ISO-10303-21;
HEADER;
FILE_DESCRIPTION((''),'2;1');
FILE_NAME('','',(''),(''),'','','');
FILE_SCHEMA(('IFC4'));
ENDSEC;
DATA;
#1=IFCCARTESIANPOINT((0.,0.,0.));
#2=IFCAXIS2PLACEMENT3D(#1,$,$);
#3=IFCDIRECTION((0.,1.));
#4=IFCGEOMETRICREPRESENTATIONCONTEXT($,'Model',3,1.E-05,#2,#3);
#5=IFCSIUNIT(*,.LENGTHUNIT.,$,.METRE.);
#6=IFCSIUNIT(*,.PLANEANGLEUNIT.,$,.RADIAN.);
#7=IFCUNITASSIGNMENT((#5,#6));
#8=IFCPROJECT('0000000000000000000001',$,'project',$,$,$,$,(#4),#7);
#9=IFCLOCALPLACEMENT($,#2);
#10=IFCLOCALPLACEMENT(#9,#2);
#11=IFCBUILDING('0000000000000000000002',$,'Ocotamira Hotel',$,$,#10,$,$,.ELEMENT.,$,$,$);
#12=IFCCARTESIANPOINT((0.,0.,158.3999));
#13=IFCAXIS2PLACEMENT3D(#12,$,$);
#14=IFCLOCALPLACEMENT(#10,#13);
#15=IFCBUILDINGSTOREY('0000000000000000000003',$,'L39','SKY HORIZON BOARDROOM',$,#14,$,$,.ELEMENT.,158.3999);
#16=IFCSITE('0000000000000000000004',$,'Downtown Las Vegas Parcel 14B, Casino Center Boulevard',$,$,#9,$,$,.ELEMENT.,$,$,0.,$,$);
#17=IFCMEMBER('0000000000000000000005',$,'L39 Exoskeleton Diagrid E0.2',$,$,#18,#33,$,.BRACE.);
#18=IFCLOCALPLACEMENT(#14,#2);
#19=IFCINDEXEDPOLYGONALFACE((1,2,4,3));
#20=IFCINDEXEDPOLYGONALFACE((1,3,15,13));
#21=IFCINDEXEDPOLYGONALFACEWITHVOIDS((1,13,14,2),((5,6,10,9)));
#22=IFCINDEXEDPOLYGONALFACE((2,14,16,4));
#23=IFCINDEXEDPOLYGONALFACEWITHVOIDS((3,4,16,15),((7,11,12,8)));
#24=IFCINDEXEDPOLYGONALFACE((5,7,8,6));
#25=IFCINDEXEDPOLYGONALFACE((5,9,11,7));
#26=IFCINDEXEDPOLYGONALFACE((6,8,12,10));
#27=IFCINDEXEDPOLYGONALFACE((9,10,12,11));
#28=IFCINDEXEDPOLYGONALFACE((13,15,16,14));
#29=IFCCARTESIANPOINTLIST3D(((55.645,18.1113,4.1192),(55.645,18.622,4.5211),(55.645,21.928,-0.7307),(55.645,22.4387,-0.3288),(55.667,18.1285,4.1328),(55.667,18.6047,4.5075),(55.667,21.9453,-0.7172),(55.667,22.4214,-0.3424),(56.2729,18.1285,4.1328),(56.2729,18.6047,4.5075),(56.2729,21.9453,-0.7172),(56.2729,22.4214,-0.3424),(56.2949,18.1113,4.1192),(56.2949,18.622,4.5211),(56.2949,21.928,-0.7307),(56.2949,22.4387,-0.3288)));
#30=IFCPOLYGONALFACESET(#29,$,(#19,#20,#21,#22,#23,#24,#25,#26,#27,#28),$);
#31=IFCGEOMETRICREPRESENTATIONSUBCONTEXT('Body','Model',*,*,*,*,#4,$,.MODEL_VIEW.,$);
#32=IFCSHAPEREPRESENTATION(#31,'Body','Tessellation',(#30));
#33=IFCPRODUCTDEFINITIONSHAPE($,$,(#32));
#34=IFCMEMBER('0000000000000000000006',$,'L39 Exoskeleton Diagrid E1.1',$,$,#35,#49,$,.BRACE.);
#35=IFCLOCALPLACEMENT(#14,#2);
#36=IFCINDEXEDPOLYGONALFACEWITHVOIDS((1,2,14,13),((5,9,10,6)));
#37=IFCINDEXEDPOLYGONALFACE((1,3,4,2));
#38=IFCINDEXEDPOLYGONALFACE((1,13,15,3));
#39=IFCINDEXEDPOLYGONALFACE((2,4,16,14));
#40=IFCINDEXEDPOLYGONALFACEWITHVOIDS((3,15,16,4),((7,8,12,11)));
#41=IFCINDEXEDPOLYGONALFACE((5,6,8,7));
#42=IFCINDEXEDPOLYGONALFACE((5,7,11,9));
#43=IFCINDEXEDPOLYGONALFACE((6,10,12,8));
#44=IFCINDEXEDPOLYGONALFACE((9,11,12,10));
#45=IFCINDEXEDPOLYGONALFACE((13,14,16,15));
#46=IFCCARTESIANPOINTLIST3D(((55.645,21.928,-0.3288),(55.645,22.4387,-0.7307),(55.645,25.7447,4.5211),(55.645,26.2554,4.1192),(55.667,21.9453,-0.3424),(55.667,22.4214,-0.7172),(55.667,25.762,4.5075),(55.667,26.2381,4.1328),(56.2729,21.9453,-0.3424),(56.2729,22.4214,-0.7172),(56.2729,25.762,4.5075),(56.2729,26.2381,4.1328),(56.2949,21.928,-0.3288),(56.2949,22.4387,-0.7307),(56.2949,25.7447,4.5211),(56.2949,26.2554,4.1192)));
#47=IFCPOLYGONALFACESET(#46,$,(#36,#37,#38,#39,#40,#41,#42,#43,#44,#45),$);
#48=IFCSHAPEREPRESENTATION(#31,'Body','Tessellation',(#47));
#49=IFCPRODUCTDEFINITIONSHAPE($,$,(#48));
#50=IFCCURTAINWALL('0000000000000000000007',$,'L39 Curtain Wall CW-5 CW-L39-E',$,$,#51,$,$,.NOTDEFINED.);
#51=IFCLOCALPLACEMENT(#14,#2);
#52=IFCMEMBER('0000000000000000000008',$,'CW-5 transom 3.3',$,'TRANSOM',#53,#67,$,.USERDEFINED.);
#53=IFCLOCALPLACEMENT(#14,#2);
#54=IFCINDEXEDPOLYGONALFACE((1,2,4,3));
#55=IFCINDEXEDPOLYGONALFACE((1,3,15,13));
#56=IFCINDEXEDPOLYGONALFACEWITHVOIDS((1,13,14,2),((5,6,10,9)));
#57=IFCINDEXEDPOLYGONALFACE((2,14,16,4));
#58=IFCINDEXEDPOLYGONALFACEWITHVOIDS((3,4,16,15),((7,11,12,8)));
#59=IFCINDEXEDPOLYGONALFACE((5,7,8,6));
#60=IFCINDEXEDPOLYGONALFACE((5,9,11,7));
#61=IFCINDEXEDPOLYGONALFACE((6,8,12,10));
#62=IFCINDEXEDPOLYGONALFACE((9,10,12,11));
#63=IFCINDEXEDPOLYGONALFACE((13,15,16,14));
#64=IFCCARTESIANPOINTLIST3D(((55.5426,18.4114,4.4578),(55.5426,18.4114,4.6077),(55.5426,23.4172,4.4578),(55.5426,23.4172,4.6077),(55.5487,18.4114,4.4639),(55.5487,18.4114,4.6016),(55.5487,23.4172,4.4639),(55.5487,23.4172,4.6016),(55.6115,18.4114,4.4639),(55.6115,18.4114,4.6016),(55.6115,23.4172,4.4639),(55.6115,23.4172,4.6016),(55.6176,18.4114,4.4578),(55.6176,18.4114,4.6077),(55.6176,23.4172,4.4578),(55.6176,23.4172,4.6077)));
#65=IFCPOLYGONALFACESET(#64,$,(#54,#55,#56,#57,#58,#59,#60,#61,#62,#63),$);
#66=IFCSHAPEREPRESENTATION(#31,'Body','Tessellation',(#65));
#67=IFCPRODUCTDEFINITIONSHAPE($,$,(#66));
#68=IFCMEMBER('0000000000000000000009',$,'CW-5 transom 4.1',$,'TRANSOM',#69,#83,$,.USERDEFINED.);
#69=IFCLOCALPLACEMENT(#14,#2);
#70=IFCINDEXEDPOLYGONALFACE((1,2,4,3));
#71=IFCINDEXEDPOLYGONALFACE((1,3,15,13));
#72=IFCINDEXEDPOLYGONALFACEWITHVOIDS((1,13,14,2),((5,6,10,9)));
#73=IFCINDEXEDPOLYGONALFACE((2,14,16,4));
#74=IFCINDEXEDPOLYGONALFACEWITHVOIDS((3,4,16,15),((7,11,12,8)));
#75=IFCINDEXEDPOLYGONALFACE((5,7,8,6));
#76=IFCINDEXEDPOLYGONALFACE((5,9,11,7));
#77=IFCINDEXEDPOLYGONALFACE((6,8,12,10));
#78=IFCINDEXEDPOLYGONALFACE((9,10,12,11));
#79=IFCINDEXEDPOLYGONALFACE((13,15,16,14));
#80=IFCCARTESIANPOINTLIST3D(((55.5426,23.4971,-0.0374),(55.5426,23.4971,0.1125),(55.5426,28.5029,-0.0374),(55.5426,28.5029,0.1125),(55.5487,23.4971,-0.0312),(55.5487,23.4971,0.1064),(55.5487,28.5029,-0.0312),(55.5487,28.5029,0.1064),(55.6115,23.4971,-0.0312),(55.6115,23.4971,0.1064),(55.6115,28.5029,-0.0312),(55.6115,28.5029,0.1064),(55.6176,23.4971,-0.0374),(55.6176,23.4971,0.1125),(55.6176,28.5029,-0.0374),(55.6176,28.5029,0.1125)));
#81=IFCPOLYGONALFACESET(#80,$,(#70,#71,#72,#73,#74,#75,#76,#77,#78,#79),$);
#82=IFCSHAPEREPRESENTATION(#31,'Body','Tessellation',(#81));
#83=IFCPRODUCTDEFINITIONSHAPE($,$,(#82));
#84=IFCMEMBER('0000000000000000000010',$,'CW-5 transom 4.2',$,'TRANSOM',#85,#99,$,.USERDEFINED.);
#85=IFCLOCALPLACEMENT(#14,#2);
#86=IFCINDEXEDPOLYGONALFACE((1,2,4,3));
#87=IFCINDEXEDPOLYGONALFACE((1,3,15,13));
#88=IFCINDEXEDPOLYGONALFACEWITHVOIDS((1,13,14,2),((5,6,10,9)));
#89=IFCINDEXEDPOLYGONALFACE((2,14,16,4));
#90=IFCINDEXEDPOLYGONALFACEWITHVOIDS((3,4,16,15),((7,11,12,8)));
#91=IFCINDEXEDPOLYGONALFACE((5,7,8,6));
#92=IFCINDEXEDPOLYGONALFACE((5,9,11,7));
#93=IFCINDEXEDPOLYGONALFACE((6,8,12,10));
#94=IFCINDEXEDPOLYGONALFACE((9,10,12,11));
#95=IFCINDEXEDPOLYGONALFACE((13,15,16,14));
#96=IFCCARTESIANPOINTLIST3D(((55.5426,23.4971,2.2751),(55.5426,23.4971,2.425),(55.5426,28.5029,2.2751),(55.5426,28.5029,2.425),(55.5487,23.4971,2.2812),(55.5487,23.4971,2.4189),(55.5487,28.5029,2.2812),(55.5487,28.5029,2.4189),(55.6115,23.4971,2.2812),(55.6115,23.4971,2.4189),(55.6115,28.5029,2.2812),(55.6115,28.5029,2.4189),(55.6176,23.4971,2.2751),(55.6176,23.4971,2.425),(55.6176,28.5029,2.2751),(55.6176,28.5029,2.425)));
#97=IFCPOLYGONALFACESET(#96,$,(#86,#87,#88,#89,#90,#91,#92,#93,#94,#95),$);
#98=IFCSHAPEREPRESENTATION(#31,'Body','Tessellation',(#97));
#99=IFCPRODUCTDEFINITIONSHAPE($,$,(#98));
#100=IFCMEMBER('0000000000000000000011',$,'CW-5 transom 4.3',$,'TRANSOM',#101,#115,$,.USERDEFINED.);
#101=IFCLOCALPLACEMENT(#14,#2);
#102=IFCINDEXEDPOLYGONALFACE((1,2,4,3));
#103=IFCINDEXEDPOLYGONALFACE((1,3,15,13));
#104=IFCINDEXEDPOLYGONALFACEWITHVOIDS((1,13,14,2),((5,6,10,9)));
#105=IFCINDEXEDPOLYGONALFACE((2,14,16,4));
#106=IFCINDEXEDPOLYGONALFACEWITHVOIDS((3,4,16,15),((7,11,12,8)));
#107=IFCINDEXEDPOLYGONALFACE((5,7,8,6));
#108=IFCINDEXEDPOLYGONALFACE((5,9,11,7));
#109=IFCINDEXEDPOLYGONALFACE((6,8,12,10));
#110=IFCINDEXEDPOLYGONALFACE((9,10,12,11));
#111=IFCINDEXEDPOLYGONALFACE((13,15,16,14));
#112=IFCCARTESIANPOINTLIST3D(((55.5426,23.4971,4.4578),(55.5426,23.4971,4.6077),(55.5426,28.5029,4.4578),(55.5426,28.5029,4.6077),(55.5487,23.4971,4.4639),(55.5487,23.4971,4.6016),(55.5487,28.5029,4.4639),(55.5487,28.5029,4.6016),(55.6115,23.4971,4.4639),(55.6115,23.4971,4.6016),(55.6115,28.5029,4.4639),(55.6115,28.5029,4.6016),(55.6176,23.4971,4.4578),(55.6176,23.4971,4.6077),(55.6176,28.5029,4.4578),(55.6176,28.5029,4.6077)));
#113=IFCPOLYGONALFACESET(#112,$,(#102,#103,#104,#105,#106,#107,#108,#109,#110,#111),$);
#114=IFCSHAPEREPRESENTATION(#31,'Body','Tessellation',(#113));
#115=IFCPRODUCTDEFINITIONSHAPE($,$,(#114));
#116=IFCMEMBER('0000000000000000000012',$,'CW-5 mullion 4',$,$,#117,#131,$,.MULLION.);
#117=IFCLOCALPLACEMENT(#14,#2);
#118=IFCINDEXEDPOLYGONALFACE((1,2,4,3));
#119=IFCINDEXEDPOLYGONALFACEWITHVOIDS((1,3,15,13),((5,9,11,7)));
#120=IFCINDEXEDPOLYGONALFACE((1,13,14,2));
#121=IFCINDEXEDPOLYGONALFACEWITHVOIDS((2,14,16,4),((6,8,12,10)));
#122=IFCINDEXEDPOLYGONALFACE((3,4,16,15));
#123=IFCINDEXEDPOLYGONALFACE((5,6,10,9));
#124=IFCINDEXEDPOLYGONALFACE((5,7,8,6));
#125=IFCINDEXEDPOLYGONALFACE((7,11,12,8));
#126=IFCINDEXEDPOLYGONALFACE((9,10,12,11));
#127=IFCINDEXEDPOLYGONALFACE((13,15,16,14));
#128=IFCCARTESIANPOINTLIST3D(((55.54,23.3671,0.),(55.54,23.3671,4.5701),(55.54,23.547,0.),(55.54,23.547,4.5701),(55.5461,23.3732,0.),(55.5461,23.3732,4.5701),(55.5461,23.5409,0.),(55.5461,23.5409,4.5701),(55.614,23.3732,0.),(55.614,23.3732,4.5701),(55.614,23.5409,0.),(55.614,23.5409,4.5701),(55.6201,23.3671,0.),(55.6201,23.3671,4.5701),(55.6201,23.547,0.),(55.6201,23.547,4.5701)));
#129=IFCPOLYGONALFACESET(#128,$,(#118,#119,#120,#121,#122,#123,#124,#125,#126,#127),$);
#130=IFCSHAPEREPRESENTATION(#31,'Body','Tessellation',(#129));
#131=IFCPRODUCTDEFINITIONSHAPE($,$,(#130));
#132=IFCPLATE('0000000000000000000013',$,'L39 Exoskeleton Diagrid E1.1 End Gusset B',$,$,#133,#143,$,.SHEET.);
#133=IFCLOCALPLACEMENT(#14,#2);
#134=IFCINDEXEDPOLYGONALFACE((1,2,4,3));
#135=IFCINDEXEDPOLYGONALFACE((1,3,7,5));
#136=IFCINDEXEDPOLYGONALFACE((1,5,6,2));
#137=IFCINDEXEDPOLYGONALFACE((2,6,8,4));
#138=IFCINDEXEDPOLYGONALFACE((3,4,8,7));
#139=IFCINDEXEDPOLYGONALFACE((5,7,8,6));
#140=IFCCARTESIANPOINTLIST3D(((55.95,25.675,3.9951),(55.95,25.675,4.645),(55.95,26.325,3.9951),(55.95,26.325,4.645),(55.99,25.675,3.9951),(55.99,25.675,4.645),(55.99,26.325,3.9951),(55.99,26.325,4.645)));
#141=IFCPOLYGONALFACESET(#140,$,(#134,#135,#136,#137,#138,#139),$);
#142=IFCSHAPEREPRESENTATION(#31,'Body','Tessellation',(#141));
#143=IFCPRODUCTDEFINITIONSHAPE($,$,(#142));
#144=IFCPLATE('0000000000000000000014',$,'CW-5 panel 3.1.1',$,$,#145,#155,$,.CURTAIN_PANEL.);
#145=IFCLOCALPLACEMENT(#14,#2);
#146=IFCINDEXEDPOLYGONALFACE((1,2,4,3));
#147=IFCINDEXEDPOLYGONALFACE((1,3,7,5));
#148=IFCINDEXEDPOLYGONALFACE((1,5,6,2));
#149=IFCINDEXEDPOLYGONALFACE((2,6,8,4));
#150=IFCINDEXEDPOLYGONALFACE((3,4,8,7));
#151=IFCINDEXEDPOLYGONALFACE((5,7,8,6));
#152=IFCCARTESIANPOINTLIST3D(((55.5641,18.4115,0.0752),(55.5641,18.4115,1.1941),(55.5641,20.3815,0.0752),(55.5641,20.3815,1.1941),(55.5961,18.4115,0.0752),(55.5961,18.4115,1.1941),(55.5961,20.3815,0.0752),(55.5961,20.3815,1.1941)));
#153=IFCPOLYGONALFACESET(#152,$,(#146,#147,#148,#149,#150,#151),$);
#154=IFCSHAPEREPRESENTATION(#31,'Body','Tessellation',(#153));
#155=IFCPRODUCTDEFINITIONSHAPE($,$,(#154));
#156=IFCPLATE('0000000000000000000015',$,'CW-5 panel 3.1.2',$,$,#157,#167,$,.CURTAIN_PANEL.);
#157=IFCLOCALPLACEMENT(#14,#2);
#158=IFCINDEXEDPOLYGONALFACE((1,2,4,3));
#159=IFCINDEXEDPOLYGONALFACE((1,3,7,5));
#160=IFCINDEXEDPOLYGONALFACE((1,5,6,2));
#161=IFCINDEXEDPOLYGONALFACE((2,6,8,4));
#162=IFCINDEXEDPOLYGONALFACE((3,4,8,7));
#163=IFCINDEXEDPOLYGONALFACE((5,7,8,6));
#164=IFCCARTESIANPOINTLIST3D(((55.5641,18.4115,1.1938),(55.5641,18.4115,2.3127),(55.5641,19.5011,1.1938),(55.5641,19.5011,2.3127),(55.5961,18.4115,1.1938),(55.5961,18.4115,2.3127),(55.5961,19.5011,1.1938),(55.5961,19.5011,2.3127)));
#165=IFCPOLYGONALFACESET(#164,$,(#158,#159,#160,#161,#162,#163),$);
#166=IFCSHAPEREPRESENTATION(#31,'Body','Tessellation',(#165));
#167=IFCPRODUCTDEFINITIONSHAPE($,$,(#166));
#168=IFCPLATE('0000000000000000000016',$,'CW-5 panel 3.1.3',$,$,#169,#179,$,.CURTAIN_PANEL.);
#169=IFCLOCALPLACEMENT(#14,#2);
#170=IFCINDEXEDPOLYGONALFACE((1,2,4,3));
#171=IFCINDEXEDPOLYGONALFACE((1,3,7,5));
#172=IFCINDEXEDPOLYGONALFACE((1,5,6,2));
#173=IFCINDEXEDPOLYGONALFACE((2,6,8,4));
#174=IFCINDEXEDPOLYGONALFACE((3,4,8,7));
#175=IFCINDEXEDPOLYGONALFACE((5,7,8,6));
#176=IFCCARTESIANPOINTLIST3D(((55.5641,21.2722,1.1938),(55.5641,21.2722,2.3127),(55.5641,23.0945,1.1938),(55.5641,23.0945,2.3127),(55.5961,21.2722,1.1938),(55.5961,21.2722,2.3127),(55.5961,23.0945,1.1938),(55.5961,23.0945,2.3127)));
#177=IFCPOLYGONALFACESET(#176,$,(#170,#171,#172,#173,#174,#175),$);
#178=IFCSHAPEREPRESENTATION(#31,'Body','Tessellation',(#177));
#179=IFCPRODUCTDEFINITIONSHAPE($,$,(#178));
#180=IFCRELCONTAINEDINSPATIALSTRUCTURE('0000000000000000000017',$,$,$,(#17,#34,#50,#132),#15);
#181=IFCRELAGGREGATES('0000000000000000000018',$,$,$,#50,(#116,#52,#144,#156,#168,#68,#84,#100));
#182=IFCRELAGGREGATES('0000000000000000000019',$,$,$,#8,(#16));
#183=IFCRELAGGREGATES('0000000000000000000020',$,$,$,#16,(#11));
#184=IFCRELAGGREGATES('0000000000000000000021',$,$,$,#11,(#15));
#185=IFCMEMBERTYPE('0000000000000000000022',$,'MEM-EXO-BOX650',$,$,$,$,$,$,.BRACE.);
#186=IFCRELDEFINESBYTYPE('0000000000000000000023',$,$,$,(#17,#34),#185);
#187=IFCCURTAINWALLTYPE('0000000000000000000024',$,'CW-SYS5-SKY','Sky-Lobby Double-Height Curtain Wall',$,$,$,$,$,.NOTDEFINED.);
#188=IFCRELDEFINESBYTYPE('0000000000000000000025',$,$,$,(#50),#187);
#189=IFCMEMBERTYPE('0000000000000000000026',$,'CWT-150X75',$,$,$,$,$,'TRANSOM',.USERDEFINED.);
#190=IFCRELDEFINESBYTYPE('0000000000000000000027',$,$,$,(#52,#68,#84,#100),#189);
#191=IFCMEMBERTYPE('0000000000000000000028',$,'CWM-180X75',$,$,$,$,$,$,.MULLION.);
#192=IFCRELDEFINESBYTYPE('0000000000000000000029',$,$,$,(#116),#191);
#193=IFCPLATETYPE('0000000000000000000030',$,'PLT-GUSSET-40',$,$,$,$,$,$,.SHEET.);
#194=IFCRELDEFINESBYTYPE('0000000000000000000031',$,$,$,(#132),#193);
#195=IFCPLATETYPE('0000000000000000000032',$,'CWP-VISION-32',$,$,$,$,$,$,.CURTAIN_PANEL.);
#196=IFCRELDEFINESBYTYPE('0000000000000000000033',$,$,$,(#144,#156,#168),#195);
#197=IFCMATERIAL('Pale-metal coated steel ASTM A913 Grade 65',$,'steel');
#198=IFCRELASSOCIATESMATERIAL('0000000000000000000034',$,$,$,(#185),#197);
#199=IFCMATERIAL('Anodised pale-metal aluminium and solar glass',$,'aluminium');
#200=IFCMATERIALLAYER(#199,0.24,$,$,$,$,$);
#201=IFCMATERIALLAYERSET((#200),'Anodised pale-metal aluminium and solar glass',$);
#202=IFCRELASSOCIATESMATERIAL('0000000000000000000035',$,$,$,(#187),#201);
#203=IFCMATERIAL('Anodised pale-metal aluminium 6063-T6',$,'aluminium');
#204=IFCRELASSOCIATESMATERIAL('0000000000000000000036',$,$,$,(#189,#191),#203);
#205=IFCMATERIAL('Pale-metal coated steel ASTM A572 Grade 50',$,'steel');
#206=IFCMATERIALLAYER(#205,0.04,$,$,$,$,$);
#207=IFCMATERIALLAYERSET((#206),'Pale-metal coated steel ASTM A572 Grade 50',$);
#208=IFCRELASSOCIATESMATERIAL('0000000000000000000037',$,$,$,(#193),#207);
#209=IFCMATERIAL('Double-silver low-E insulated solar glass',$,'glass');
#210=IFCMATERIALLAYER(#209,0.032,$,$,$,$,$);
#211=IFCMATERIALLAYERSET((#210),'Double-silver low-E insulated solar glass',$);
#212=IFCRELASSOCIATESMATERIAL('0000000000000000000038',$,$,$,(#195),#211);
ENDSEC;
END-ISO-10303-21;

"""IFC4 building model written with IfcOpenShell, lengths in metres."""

from ifc_helpers import new_model, si_unit, direction, frame, origin, origin_2d, place, context, subcontext, project, spatial, rectangle, hollow_rectangle, extrude, source, transform, mapped, material, layer, layer_set, material_profile, profile_set, type_object, element, aggregate, save


model = new_model("IFC4")

# Units and contexts
model_context = context("Model", 3, precision=1e-05, world=origin(), true_north=direction((0.0, 1.0)))
body_context = subcontext(model_context, "Body", "Model", "MODEL_VIEW")
ifc_project = project(units=[si_unit("LENGTHUNIT", "METRE"), si_unit("PLANEANGLEUNIT", "RADIAN")], contexts=[model_context])

# Site, building, storey
site_placement = place(None, origin())
site = spatial("IfcSite", under=ifc_project, at=site_placement, Name="Downtown Las Vegas Parcel 14B, Casino Center Boulevard", CompositionType="ELEMENT", RefElevation=0.0)
building_placement = place(site_placement, origin())
building = spatial("IfcBuilding", under=site, at=building_placement, Name="Ocotamira Hotel", CompositionType="ELEMENT")
storey_placement = place(building_placement, frame((0.0, 0.0, 158.3999)))
storey = spatial("IfcBuildingStorey", under=building, at=storey_placement, Name="L39", Description="SKY HORIZON BOARDROOM", CompositionType="ELEMENT", Elevation=158.3999)

# Members
ifc_material_1 = material(Name="Pale-metal coated steel ASTM A913 Grade 65", Category="steel")
ifc_material_profile_1 = material_profile(ifc_material_1, hollow_rectangle(XDim=0.6499, YDim=0.6499, WallThickness=0.022, at=origin_2d()), Name="BOX650X650X22")
ifc_profile_set_1 = profile_set([ifc_material_profile_1], Name="Pale-metal coated steel ASTM A913 Grade 65")
member_type_1 = type_object("IfcMemberType", Name="MEM-EXO-BOX650", PredefinedType="BRACE", material=ifc_profile_set_1)
shared_shape_1 = source(origin(), body_context, "Body", "SweptSolid", [
    extrude(hollow_rectangle(XDim=0.6499, YDim=0.6499, WallThickness=0.022, at=origin_2d()), origin(), (0.0, 0.0, 1.0), 6.1716),
])
for number, where, z_axis, x_axis, name in (
    (1, (55.97, 22.1833, -0.5298), (0.0, -0.618428, 0.785842), (1.0, 0.0, 0.0), "L39 Exoskeleton Diagrid E0.2"),
    (2, (55.97, 22.1833, -0.5298), (0.0, 0.618428, 0.785842), (-1.0, 0.0, 0.0), "L39 Exoskeleton Diagrid E1.1"),
):
    element("IfcMember", number, at=place(storey_placement, frame(where, z_axis=z_axis, x_axis=x_axis)), inside=storey, type_object=member_type_1, Name=name, PredefinedType="BRACE", context=body_context, shape_type="MappedRepresentation", body=[
        mapped(shared_shape_1, transform((0.0, 0.0, 0.0), scale=1.0)),
    ])

# Curtain wall, members
ifc_material_2 = material(Name="Anodised pale-metal aluminium and solar glass", Category="aluminium")
ifc_layer_1 = layer(ifc_material_2, 0.24)
ifc_layer_set_1 = layer_set([ifc_layer_1], Name="Anodised pale-metal aluminium and solar glass")
curtain_wall_type = type_object("IfcCurtainWallType", Name="CW-SYS5-SKY", Description="Sky-Lobby Double-Height Curtain Wall", PredefinedType="NOTDEFINED", material=ifc_layer_set_1)
curtain_wall_placement = place(storey_placement, origin())
curtain_wall = element("IfcCurtainWall", 3, at=curtain_wall_placement, inside=storey, type_object=curtain_wall_type, Name="L39 Curtain Wall CW-5 CW-L39-E", PredefinedType="NOTDEFINED")
ifc_material_3 = material(Name="Anodised pale-metal aluminium 6063-T6", Category="aluminium")
ifc_material_profile_2 = material_profile(ifc_material_3, hollow_rectangle(XDim=0.075, YDim=0.1499, WallThickness=0.0061, at=origin_2d()), Name="HSS150X75X6")
ifc_profile_set_2 = profile_set([ifc_material_profile_2], Name="Anodised pale-metal aluminium 6063-T6")
member_type_2 = type_object("IfcMemberType", Name="CWT-150X75", ElementType="TRANSOM", PredefinedType="USERDEFINED", material=ifc_profile_set_2)
shared_shape_2 = source(origin(), body_context, "Body", "SweptSolid", [
    extrude(hollow_rectangle(XDim=0.075, YDim=0.1499, WallThickness=0.0061, at=origin_2d()), origin(), (0.0, 0.0, 1.0), 5.0059),
])
member_1_placement = place(storey_placement, frame((55.5801, 18.4114, 4.5327), z_axis=(0.0, 1.0, 0.0), x_axis=(-1.0, 0.0, 0.0)))
member_1 = element("IfcMember", 4, at=member_1_placement, type_object=member_type_2, Name="CW-5 transom 3.3", ObjectType="TRANSOM", PredefinedType="USERDEFINED", context=body_context, shape_type="MappedRepresentation", body=[
    mapped(shared_shape_2, transform((0.0, 0.0, 0.0), scale=1.0)),
])
member_2_placement = place(storey_placement, frame((55.5801, 23.4971, 0.0376), z_axis=(0.0, 1.0, 0.0), x_axis=(-1.0, 0.0, 0.0)))
member_2 = element("IfcMember", 5, at=member_2_placement, type_object=member_type_2, Name="CW-5 transom 4.1", ObjectType="TRANSOM", PredefinedType="USERDEFINED", context=body_context, shape_type="MappedRepresentation", body=[
    mapped(shared_shape_2, transform((0.0, 0.0, 0.0), scale=1.0)),
])
member_3_placement = place(storey_placement, frame((55.5801, 23.4971, 2.3501), z_axis=(0.0, 1.0, 0.0), x_axis=(-1.0, 0.0, 0.0)))
member_3 = element("IfcMember", 6, at=member_3_placement, type_object=member_type_2, Name="CW-5 transom 4.2", ObjectType="TRANSOM", PredefinedType="USERDEFINED", context=body_context, shape_type="MappedRepresentation", body=[
    mapped(shared_shape_2, transform((0.0, 0.0, 0.0), scale=1.0)),
])
member_4_placement = place(storey_placement, frame((55.5801, 23.4971, 4.5327), z_axis=(0.0, 1.0, 0.0), x_axis=(-1.0, 0.0, 0.0)))
member_4 = element("IfcMember", 7, at=member_4_placement, type_object=member_type_2, Name="CW-5 transom 4.3", ObjectType="TRANSOM", PredefinedType="USERDEFINED", context=body_context, shape_type="MappedRepresentation", body=[
    mapped(shared_shape_2, transform((0.0, 0.0, 0.0), scale=1.0)),
])
ifc_material_profile_3 = material_profile(ifc_material_3, hollow_rectangle(XDim=0.0801, YDim=0.1799, WallThickness=0.0061, at=origin_2d()), Name="HSS180X80X6")
ifc_profile_set_3 = profile_set([ifc_material_profile_3], Name="Anodised pale-metal aluminium 6063-T6")
member_type_3 = type_object("IfcMemberType", Name="CWM-180X75", PredefinedType="MULLION", material=ifc_profile_set_3)
shared_shape_3 = source(origin(), body_context, "Body", "SweptSolid", [
    extrude(hollow_rectangle(XDim=0.0801, YDim=0.1799, WallThickness=0.0061, at=origin_2d()), origin(), (0.0, 0.0, 1.0), 4.5701),
])
member_5_placement = place(storey_placement, frame((55.5801, 23.457, 0.0), z_axis=(0.0, 0.0, 1.0), x_axis=(-1.0, 0.0, 0.0)))
member_5 = element("IfcMember", 8, at=member_5_placement, type_object=member_type_3, Name="CW-5 mullion 4", PredefinedType="MULLION", context=body_context, shape_type="MappedRepresentation", body=[
    mapped(shared_shape_3, transform((0.0, 0.0, 0.0), scale=1.0)),
])

# Plates
ifc_material_4 = material(Name="Pale-metal coated steel ASTM A572 Grade 50", Category="steel")
ifc_layer_2 = layer(ifc_material_4, 0.04)
ifc_layer_set_2 = layer_set([ifc_layer_2], Name="Pale-metal coated steel ASTM A572 Grade 50")
plate_type_1 = type_object("IfcPlateType", Name="PLT-GUSSET-40", PredefinedType="SHEET", material=ifc_layer_set_2)
shared_shape_4 = source(origin(), body_context, "Body", "SweptSolid", [
    extrude(rectangle(XDim=0.04, YDim=0.6499, at=origin_2d()), origin(), (0.0, 0.0, 1.0), 0.6499),
])
plate_1_placement = place(storey_placement, frame((55.97, 26.0, 3.9951), z_axis=(0.0, 0.0, 1.0), x_axis=(1.0, 0.0, 0.0)))
element("IfcPlate", 9, at=plate_1_placement, inside=storey, type_object=plate_type_1, Name="L39 Exoskeleton Diagrid E1.1 End Gusset B", PredefinedType="SHEET", context=body_context, shape_type="MappedRepresentation", body=[
    mapped(shared_shape_4, transform((0.0, 0.0, 0.0), scale=1.0)),
])
ifc_material_5 = material(Name="Double-silver low-E insulated solar glass", Category="glass")
ifc_layer_3 = layer(ifc_material_5, 0.032)
ifc_layer_set_3 = layer_set([ifc_layer_3], Name="Double-silver low-E insulated solar glass")
plate_type_2 = type_object("IfcPlateType", Name="CWP-VISION-32", PredefinedType="CURTAIN_PANEL", material=ifc_layer_set_3)
shared_shape_5 = source(origin(), body_context, "Body", "SweptSolid", [
    extrude(rectangle(XDim=1.97, YDim=0.032, at=origin_2d()), origin(), (0.0, 0.0, 1.0), 1.1189),
])
plate_2_placement = place(storey_placement, frame((55.5801, 19.3965, 0.0752), z_axis=(0.0, 0.0, 1.0), x_axis=(0.0, 1.0, 0.0)))
plate_2 = element("IfcPlate", 10, at=plate_2_placement, type_object=plate_type_2, Name="CW-5 panel 3.1.1", PredefinedType="CURTAIN_PANEL", context=body_context, shape_type="MappedRepresentation", body=[
    mapped(shared_shape_5, transform((0.0, 0.0, 0.0), scale=1.0)),
])
shared_shape_6 = source(origin(), body_context, "Body", "SweptSolid", [
    extrude(rectangle(XDim=1.0896, YDim=0.032, at=origin_2d()), origin(), (0.0, 0.0, 1.0), 1.1189),
])
plate_3_placement = place(storey_placement, frame((55.5801, 18.9563, 1.1938), z_axis=(0.0, 0.0, 1.0), x_axis=(0.0, 1.0, 0.0)))
plate_3 = element("IfcPlate", 11, at=plate_3_placement, type_object=plate_type_2, Name="CW-5 panel 3.1.2", PredefinedType="CURTAIN_PANEL", context=body_context, shape_type="MappedRepresentation", body=[
    mapped(shared_shape_6, transform((0.0, 0.0, 0.0), scale=1.0)),
])
shared_shape_7 = source(origin(), body_context, "Body", "SweptSolid", [
    extrude(rectangle(XDim=1.8223, YDim=0.032, at=origin_2d()), origin(), (0.0, 0.0, 1.0), 1.1189),
])
plate_4_placement = place(storey_placement, frame((55.5801, 22.1833, 1.1938), z_axis=(0.0, 0.0, 1.0), x_axis=(0.0, 1.0, 0.0)))
plate_4 = element("IfcPlate", 12, at=plate_4_placement, type_object=plate_type_2, Name="CW-5 panel 3.1.3", PredefinedType="CURTAIN_PANEL", context=body_context, shape_type="MappedRepresentation", body=[
    mapped(shared_shape_7, transform((0.0, 0.0, 0.0), scale=1.0)),
])
aggregate(curtain_wall, [member_5, member_1, plate_2, plate_3, plate_4, member_2, member_3, member_4])

save(model, "model.ifc")
